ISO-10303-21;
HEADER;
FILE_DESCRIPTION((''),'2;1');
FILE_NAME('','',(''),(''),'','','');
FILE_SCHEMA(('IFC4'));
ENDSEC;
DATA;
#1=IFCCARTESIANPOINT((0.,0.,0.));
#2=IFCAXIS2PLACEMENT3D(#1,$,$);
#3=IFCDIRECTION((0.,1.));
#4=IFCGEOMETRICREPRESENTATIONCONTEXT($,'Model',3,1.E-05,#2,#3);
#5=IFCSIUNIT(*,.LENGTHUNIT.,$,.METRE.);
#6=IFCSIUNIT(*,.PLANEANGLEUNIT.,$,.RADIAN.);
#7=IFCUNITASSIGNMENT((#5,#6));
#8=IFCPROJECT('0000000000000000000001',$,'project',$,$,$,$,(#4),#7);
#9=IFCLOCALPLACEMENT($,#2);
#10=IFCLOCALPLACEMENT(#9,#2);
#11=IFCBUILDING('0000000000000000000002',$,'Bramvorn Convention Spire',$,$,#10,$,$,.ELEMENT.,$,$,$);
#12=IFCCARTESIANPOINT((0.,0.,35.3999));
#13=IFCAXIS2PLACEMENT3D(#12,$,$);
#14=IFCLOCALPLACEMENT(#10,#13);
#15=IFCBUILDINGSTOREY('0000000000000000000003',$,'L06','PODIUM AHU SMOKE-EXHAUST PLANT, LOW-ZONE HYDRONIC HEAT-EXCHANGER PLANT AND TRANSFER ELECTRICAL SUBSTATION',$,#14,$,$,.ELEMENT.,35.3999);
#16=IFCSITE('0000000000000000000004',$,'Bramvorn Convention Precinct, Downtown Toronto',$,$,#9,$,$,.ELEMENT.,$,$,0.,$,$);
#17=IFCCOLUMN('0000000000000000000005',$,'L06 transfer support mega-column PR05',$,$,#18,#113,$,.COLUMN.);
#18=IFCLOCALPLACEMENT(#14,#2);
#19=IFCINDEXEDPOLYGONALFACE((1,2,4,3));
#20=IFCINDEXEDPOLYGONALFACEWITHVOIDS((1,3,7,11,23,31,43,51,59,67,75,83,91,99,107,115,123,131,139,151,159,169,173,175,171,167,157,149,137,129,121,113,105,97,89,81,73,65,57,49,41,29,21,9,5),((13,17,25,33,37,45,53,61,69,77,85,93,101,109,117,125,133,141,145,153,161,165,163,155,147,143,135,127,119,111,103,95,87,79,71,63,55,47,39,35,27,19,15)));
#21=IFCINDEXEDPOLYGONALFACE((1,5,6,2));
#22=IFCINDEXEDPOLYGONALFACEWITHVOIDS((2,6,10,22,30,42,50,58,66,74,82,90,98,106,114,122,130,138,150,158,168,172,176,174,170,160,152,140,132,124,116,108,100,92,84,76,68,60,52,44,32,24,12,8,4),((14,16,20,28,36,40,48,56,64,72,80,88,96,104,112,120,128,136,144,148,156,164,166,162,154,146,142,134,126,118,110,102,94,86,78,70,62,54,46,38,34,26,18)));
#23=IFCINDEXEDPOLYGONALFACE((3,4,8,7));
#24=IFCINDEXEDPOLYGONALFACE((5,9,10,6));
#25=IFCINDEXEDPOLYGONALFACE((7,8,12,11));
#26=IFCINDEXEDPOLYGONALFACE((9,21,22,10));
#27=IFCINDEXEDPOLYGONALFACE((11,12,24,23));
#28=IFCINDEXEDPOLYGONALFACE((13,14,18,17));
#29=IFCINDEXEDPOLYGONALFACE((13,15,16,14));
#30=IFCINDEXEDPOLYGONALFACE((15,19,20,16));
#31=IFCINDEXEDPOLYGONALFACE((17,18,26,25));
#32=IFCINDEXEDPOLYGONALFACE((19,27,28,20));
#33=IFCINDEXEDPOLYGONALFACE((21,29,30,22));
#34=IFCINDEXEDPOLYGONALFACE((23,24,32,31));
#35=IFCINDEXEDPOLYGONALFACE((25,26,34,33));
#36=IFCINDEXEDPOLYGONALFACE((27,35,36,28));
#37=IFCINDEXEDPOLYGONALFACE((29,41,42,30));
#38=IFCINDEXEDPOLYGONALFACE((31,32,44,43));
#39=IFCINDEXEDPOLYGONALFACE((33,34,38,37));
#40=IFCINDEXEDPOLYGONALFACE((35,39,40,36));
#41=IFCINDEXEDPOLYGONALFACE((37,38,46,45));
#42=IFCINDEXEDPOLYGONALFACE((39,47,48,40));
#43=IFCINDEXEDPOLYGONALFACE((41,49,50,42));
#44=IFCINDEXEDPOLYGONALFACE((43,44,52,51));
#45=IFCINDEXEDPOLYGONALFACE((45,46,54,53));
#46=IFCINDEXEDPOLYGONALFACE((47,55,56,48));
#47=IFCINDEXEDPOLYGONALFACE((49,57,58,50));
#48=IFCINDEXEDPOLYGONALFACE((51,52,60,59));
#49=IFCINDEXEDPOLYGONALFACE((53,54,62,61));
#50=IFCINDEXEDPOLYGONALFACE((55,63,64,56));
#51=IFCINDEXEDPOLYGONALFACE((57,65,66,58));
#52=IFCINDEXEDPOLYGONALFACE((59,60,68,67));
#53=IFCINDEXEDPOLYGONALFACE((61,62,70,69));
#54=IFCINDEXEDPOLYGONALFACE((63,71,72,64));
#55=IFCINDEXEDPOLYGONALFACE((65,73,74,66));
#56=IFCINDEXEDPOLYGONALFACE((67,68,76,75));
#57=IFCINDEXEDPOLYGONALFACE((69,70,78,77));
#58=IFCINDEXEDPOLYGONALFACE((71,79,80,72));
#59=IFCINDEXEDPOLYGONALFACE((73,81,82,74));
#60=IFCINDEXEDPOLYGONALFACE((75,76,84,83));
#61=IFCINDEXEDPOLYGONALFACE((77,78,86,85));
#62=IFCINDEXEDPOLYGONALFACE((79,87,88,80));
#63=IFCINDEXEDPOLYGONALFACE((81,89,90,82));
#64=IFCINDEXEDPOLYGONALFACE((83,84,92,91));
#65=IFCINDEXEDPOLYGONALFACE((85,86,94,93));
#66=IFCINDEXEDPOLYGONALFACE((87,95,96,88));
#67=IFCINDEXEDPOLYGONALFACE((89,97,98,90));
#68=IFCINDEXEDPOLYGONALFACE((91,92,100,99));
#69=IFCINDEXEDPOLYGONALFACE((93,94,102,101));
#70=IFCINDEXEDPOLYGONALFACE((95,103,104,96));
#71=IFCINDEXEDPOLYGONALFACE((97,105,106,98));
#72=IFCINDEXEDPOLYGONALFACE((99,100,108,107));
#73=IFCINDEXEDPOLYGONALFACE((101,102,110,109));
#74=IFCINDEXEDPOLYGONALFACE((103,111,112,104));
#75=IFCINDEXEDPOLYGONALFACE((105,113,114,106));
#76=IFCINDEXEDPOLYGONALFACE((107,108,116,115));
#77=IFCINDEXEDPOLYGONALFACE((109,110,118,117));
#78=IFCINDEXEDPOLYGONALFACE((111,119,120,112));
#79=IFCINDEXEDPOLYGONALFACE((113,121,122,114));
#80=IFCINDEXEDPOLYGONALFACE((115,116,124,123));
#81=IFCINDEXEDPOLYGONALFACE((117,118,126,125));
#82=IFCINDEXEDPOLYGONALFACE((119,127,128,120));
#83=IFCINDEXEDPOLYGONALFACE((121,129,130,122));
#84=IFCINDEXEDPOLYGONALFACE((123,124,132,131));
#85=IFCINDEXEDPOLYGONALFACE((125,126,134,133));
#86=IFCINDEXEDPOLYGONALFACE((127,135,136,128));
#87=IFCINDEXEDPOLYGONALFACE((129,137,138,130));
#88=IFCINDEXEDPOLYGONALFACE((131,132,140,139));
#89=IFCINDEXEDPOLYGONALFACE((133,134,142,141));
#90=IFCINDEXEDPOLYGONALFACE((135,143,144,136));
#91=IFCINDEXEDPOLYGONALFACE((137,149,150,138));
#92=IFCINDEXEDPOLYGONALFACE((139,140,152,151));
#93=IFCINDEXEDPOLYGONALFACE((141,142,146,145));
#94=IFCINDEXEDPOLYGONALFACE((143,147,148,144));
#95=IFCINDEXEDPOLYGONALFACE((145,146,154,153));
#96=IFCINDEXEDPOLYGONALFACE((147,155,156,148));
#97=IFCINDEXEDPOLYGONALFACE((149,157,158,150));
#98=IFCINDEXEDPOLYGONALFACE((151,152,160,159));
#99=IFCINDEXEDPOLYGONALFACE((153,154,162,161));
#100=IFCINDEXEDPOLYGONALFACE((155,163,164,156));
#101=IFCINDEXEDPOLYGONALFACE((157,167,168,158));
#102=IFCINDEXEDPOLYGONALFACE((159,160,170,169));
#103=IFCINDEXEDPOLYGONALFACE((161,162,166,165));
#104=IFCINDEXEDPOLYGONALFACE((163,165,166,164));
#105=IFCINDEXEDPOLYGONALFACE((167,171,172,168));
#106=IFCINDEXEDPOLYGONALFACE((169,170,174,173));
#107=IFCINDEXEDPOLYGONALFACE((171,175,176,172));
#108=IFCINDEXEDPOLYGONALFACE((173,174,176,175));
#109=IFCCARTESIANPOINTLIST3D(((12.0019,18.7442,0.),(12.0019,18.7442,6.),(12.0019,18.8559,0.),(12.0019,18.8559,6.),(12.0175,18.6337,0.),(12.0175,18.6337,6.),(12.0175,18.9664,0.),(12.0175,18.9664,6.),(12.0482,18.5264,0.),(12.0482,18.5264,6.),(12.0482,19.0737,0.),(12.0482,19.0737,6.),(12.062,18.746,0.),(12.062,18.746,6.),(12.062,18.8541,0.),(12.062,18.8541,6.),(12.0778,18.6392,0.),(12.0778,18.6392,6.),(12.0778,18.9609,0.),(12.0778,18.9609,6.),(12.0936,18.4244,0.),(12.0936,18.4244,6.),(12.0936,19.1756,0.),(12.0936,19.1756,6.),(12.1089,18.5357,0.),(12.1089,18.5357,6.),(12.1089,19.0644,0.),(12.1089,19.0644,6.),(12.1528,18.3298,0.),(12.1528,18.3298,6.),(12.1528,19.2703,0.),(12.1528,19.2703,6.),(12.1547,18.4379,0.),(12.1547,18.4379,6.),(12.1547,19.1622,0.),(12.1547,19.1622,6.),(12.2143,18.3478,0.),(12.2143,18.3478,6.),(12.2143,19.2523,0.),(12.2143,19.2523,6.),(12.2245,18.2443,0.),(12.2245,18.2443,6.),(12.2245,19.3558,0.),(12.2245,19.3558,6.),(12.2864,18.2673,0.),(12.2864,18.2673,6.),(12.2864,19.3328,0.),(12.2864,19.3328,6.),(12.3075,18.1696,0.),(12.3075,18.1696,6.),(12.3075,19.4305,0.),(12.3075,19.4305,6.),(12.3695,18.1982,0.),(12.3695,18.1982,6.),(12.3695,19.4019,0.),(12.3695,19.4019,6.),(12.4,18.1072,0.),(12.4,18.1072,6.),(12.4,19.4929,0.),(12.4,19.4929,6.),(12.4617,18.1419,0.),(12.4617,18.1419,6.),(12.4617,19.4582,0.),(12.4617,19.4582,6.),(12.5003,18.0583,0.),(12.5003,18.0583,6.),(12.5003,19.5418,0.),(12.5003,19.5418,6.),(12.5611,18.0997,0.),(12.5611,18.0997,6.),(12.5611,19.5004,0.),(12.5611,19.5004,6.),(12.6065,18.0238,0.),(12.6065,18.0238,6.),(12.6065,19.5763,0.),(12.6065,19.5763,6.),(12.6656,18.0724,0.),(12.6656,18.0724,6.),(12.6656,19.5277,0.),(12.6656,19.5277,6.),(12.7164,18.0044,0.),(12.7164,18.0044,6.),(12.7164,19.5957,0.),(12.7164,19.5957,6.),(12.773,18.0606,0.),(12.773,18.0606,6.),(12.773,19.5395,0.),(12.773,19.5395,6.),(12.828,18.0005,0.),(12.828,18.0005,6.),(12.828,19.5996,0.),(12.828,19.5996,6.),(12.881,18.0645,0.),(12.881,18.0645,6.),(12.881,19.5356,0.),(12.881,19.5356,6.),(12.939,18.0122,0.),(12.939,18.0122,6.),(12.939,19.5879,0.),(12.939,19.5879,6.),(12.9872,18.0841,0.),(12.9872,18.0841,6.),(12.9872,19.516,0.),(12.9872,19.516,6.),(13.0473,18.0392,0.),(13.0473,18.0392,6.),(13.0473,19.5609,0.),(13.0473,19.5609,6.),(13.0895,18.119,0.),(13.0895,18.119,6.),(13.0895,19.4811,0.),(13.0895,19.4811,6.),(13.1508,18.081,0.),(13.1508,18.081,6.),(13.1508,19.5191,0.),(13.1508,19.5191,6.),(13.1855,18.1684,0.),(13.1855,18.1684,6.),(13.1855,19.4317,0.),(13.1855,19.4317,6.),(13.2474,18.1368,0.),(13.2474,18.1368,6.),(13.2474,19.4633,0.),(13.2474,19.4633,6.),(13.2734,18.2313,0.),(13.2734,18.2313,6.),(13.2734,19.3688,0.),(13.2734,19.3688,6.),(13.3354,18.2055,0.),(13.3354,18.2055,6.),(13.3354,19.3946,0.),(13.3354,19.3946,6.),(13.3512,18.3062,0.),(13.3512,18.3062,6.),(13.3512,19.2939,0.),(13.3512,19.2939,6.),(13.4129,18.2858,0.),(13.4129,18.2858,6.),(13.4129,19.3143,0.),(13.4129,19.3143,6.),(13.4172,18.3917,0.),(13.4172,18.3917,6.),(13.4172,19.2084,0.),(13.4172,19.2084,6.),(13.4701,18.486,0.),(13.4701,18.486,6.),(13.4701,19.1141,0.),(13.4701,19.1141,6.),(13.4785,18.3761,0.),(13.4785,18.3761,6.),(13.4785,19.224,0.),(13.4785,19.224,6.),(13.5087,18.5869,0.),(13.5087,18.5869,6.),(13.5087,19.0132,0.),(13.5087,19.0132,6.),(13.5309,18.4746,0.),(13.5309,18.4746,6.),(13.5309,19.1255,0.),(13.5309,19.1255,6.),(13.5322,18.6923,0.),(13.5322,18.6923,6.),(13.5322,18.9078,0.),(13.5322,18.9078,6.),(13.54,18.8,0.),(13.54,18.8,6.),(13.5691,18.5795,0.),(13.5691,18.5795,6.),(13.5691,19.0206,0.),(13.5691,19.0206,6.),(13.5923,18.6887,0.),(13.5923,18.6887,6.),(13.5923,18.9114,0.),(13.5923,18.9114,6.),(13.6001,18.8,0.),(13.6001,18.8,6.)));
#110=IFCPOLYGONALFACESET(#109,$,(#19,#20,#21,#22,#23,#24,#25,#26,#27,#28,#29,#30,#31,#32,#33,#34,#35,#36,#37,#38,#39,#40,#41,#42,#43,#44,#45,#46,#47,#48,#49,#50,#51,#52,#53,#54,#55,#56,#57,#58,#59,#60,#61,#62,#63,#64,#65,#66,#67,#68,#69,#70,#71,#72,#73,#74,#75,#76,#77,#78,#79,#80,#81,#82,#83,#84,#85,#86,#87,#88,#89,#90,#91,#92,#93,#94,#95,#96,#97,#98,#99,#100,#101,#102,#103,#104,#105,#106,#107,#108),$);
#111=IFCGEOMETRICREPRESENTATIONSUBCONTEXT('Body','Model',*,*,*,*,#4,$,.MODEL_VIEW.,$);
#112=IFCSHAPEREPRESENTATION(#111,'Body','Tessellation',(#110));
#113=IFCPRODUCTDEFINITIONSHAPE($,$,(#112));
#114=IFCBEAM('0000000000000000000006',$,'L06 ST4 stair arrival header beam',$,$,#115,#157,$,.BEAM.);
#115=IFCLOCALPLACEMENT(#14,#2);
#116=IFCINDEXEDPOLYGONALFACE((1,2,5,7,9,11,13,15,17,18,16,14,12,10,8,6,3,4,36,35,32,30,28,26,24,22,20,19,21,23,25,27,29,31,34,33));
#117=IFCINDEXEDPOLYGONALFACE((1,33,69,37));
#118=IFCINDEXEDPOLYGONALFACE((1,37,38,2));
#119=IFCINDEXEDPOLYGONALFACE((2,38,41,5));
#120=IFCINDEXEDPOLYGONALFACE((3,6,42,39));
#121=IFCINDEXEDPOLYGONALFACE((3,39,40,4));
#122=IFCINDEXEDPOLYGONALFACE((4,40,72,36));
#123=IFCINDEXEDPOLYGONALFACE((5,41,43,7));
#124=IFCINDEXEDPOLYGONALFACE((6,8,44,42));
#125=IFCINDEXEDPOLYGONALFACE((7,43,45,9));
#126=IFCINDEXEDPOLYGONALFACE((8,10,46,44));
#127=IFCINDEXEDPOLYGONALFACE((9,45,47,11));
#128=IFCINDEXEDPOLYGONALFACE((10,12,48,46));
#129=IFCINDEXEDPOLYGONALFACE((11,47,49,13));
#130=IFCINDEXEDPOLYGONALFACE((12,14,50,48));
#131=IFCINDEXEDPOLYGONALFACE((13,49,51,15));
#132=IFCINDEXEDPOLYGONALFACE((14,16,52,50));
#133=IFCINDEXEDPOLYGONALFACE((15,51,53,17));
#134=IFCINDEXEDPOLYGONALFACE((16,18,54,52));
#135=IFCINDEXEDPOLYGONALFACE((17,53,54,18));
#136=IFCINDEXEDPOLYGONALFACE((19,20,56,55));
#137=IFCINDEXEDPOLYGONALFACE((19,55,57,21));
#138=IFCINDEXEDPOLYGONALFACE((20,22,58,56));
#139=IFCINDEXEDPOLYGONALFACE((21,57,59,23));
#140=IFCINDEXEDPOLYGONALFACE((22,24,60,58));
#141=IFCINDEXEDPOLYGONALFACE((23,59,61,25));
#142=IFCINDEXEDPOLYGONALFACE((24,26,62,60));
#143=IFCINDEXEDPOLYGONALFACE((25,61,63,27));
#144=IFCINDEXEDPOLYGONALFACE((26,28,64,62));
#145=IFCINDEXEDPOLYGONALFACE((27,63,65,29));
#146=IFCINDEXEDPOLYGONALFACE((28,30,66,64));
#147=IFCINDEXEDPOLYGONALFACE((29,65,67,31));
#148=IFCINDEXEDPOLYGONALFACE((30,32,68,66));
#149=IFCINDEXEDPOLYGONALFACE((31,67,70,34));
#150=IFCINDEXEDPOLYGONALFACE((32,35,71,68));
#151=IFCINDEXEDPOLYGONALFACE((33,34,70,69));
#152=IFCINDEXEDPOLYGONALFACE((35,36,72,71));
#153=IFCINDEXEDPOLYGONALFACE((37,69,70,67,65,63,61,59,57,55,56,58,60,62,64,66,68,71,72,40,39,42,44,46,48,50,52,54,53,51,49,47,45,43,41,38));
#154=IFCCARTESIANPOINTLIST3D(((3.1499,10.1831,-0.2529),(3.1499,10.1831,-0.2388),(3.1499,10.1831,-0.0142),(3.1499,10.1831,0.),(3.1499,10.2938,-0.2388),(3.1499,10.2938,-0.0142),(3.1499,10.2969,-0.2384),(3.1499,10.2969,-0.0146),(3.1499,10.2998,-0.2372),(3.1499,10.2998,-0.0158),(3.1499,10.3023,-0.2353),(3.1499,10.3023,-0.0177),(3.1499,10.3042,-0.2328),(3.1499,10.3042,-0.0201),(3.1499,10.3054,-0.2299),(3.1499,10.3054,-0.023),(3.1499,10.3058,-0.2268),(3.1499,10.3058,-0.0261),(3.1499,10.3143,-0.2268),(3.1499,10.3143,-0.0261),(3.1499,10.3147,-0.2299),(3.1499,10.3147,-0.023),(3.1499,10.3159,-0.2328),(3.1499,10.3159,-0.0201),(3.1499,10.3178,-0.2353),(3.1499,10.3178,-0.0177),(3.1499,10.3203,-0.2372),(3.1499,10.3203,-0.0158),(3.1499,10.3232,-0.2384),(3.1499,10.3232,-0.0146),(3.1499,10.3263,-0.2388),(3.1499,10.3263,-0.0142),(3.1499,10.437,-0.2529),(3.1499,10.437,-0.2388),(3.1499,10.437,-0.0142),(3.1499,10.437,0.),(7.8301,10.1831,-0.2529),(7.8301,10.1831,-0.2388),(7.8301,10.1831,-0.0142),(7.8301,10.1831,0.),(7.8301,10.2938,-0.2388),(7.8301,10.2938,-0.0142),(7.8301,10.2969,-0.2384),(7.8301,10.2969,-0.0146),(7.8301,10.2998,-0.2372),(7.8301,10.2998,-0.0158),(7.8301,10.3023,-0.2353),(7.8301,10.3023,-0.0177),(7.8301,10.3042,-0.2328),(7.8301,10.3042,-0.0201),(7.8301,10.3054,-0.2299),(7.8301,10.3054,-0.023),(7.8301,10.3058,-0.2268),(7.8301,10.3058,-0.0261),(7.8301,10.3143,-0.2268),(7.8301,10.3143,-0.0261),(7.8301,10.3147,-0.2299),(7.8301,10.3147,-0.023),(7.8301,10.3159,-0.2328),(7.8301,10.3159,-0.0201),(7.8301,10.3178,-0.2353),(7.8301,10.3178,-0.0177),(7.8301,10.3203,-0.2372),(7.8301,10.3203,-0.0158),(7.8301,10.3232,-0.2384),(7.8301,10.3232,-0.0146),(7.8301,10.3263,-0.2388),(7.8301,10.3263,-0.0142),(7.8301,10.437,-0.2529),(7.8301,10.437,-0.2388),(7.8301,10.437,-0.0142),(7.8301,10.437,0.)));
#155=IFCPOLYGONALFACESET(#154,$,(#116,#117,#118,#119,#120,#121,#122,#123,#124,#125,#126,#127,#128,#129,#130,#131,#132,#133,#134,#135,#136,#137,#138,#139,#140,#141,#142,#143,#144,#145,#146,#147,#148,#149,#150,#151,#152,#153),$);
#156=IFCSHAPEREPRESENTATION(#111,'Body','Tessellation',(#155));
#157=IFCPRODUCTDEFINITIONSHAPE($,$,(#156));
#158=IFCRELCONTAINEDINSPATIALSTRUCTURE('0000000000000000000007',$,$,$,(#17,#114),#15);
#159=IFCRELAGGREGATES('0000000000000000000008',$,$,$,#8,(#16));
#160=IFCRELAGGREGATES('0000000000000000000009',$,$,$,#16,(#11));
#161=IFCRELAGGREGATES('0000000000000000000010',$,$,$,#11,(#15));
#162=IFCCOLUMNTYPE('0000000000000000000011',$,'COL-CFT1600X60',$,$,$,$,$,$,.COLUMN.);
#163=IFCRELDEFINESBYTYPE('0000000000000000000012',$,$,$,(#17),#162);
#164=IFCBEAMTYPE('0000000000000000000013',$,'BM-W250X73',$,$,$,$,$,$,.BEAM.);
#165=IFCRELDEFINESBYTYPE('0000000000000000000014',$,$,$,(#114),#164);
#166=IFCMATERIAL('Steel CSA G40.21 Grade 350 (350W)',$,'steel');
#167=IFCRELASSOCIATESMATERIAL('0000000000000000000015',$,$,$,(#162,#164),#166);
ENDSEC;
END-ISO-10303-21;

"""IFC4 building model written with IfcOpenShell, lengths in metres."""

from ifc_helpers import new_model, si_unit, direction, frame, origin, origin_2d, place, context, subcontext, project, spatial, hollow_circle, i_section, extrude, material, material_profile, profile_set, type_object, element, save


model = new_model("IFC4")

# Units and contexts
model_context = context("Model", 3, precision=1e-05, world=origin(), true_north=direction((0.0, 1.0)))
body_context = subcontext(model_context, "Body", "Model", "MODEL_VIEW")
ifc_project = project(units=[si_unit("LENGTHUNIT", "METRE"), si_unit("PLANEANGLEUNIT", "RADIAN")], contexts=[model_context])

# Site, building, storey
site_placement = place(None, origin())
site = spatial("IfcSite", under=ifc_project, at=site_placement, Name="Bramvorn Convention Precinct, Downtown Toronto", CompositionType="ELEMENT", RefElevation=0.0)
building_placement = place(site_placement, origin())
building = spatial("IfcBuilding", under=site, at=building_placement, Name="Bramvorn Convention Spire", CompositionType="ELEMENT")
storey_placement = place(building_placement, frame((0.0, 0.0, 35.3999)))
storey = spatial("IfcBuildingStorey", under=building, at=storey_placement, Name="L06", Description="PODIUM AHU SMOKE-EXHAUST PLANT, LOW-ZONE HYDRONIC HEAT-EXCHANGER PLANT AND TRANSFER ELECTRICAL SUBSTATION", CompositionType="ELEMENT", Elevation=35.3999)

# Column
ifc_material_1 = material(Name="Steel CSA G40.21 Grade 350 (350W)", Category="steel")
ifc_material_profile_1 = material_profile(ifc_material_1, hollow_circle(Radius=0.8, WallThickness=0.0601, at=origin_2d()))
ifc_profile_set_1 = profile_set([ifc_material_profile_1], Name="Steel CSA G40.21 Grade 350 (350W) - CFT1600X60")
column_type = type_object("IfcColumnType", Name="COL-CFT1600X60", PredefinedType="COLUMN", material=ifc_profile_set_1)
column_placement = place(storey_placement, frame((12.8, 18.8, 0.0), z_axis=(0.0, 0.0, 1.0), x_axis=(1.0, 0.0, 0.0)))
element("IfcColumn", 1, at=column_placement, inside=storey, type_object=column_type, Name="L06 transfer support mega-column PR05", PredefinedType="COLUMN", context=body_context, shape_type="SweptSolid", body=[
    extrude(hollow_circle(Radius=0.8, WallThickness=0.0601, at=origin_2d()), origin(), (0.0, 0.0, 1.0), 6.0),
])

# Beam
ifc_material_profile_2 = material_profile(ifc_material_1, i_section(OverallWidth=0.2539, OverallDepth=0.2529, WebThickness=0.0085, FlangeThickness=0.0142, FilletRadius=0.012, at=origin_2d()))
ifc_profile_set_2 = profile_set([ifc_material_profile_2], Name="Steel CSA G40.21 Grade 350 (350W) - W250X73")
beam_type_1 = type_object("IfcBeamType", Name="BM-W250X73", PredefinedType="BEAM", material=ifc_profile_set_2)
beam_1_placement = place(storey_placement, frame((3.1499, 10.3101, -0.1265), z_axis=(1.0, 0.0, 0.0), x_axis=(0.0, 1.0, 0.0)))
element("IfcBeam", 2, at=beam_1_placement, inside=storey, type_object=beam_type_1, Name="L06 ST4 stair arrival header beam", PredefinedType="BEAM", context=body_context, shape_type="SweptSolid", body=[
    extrude(i_section(OverallWidth=0.2539, OverallDepth=0.2529, WebThickness=0.0085, FlangeThickness=0.0142, FilletRadius=0.012, at=origin_2d()), origin(), (0.0, 0.0, 1.0), 4.6802),
])

save(model, "model.ifc")
